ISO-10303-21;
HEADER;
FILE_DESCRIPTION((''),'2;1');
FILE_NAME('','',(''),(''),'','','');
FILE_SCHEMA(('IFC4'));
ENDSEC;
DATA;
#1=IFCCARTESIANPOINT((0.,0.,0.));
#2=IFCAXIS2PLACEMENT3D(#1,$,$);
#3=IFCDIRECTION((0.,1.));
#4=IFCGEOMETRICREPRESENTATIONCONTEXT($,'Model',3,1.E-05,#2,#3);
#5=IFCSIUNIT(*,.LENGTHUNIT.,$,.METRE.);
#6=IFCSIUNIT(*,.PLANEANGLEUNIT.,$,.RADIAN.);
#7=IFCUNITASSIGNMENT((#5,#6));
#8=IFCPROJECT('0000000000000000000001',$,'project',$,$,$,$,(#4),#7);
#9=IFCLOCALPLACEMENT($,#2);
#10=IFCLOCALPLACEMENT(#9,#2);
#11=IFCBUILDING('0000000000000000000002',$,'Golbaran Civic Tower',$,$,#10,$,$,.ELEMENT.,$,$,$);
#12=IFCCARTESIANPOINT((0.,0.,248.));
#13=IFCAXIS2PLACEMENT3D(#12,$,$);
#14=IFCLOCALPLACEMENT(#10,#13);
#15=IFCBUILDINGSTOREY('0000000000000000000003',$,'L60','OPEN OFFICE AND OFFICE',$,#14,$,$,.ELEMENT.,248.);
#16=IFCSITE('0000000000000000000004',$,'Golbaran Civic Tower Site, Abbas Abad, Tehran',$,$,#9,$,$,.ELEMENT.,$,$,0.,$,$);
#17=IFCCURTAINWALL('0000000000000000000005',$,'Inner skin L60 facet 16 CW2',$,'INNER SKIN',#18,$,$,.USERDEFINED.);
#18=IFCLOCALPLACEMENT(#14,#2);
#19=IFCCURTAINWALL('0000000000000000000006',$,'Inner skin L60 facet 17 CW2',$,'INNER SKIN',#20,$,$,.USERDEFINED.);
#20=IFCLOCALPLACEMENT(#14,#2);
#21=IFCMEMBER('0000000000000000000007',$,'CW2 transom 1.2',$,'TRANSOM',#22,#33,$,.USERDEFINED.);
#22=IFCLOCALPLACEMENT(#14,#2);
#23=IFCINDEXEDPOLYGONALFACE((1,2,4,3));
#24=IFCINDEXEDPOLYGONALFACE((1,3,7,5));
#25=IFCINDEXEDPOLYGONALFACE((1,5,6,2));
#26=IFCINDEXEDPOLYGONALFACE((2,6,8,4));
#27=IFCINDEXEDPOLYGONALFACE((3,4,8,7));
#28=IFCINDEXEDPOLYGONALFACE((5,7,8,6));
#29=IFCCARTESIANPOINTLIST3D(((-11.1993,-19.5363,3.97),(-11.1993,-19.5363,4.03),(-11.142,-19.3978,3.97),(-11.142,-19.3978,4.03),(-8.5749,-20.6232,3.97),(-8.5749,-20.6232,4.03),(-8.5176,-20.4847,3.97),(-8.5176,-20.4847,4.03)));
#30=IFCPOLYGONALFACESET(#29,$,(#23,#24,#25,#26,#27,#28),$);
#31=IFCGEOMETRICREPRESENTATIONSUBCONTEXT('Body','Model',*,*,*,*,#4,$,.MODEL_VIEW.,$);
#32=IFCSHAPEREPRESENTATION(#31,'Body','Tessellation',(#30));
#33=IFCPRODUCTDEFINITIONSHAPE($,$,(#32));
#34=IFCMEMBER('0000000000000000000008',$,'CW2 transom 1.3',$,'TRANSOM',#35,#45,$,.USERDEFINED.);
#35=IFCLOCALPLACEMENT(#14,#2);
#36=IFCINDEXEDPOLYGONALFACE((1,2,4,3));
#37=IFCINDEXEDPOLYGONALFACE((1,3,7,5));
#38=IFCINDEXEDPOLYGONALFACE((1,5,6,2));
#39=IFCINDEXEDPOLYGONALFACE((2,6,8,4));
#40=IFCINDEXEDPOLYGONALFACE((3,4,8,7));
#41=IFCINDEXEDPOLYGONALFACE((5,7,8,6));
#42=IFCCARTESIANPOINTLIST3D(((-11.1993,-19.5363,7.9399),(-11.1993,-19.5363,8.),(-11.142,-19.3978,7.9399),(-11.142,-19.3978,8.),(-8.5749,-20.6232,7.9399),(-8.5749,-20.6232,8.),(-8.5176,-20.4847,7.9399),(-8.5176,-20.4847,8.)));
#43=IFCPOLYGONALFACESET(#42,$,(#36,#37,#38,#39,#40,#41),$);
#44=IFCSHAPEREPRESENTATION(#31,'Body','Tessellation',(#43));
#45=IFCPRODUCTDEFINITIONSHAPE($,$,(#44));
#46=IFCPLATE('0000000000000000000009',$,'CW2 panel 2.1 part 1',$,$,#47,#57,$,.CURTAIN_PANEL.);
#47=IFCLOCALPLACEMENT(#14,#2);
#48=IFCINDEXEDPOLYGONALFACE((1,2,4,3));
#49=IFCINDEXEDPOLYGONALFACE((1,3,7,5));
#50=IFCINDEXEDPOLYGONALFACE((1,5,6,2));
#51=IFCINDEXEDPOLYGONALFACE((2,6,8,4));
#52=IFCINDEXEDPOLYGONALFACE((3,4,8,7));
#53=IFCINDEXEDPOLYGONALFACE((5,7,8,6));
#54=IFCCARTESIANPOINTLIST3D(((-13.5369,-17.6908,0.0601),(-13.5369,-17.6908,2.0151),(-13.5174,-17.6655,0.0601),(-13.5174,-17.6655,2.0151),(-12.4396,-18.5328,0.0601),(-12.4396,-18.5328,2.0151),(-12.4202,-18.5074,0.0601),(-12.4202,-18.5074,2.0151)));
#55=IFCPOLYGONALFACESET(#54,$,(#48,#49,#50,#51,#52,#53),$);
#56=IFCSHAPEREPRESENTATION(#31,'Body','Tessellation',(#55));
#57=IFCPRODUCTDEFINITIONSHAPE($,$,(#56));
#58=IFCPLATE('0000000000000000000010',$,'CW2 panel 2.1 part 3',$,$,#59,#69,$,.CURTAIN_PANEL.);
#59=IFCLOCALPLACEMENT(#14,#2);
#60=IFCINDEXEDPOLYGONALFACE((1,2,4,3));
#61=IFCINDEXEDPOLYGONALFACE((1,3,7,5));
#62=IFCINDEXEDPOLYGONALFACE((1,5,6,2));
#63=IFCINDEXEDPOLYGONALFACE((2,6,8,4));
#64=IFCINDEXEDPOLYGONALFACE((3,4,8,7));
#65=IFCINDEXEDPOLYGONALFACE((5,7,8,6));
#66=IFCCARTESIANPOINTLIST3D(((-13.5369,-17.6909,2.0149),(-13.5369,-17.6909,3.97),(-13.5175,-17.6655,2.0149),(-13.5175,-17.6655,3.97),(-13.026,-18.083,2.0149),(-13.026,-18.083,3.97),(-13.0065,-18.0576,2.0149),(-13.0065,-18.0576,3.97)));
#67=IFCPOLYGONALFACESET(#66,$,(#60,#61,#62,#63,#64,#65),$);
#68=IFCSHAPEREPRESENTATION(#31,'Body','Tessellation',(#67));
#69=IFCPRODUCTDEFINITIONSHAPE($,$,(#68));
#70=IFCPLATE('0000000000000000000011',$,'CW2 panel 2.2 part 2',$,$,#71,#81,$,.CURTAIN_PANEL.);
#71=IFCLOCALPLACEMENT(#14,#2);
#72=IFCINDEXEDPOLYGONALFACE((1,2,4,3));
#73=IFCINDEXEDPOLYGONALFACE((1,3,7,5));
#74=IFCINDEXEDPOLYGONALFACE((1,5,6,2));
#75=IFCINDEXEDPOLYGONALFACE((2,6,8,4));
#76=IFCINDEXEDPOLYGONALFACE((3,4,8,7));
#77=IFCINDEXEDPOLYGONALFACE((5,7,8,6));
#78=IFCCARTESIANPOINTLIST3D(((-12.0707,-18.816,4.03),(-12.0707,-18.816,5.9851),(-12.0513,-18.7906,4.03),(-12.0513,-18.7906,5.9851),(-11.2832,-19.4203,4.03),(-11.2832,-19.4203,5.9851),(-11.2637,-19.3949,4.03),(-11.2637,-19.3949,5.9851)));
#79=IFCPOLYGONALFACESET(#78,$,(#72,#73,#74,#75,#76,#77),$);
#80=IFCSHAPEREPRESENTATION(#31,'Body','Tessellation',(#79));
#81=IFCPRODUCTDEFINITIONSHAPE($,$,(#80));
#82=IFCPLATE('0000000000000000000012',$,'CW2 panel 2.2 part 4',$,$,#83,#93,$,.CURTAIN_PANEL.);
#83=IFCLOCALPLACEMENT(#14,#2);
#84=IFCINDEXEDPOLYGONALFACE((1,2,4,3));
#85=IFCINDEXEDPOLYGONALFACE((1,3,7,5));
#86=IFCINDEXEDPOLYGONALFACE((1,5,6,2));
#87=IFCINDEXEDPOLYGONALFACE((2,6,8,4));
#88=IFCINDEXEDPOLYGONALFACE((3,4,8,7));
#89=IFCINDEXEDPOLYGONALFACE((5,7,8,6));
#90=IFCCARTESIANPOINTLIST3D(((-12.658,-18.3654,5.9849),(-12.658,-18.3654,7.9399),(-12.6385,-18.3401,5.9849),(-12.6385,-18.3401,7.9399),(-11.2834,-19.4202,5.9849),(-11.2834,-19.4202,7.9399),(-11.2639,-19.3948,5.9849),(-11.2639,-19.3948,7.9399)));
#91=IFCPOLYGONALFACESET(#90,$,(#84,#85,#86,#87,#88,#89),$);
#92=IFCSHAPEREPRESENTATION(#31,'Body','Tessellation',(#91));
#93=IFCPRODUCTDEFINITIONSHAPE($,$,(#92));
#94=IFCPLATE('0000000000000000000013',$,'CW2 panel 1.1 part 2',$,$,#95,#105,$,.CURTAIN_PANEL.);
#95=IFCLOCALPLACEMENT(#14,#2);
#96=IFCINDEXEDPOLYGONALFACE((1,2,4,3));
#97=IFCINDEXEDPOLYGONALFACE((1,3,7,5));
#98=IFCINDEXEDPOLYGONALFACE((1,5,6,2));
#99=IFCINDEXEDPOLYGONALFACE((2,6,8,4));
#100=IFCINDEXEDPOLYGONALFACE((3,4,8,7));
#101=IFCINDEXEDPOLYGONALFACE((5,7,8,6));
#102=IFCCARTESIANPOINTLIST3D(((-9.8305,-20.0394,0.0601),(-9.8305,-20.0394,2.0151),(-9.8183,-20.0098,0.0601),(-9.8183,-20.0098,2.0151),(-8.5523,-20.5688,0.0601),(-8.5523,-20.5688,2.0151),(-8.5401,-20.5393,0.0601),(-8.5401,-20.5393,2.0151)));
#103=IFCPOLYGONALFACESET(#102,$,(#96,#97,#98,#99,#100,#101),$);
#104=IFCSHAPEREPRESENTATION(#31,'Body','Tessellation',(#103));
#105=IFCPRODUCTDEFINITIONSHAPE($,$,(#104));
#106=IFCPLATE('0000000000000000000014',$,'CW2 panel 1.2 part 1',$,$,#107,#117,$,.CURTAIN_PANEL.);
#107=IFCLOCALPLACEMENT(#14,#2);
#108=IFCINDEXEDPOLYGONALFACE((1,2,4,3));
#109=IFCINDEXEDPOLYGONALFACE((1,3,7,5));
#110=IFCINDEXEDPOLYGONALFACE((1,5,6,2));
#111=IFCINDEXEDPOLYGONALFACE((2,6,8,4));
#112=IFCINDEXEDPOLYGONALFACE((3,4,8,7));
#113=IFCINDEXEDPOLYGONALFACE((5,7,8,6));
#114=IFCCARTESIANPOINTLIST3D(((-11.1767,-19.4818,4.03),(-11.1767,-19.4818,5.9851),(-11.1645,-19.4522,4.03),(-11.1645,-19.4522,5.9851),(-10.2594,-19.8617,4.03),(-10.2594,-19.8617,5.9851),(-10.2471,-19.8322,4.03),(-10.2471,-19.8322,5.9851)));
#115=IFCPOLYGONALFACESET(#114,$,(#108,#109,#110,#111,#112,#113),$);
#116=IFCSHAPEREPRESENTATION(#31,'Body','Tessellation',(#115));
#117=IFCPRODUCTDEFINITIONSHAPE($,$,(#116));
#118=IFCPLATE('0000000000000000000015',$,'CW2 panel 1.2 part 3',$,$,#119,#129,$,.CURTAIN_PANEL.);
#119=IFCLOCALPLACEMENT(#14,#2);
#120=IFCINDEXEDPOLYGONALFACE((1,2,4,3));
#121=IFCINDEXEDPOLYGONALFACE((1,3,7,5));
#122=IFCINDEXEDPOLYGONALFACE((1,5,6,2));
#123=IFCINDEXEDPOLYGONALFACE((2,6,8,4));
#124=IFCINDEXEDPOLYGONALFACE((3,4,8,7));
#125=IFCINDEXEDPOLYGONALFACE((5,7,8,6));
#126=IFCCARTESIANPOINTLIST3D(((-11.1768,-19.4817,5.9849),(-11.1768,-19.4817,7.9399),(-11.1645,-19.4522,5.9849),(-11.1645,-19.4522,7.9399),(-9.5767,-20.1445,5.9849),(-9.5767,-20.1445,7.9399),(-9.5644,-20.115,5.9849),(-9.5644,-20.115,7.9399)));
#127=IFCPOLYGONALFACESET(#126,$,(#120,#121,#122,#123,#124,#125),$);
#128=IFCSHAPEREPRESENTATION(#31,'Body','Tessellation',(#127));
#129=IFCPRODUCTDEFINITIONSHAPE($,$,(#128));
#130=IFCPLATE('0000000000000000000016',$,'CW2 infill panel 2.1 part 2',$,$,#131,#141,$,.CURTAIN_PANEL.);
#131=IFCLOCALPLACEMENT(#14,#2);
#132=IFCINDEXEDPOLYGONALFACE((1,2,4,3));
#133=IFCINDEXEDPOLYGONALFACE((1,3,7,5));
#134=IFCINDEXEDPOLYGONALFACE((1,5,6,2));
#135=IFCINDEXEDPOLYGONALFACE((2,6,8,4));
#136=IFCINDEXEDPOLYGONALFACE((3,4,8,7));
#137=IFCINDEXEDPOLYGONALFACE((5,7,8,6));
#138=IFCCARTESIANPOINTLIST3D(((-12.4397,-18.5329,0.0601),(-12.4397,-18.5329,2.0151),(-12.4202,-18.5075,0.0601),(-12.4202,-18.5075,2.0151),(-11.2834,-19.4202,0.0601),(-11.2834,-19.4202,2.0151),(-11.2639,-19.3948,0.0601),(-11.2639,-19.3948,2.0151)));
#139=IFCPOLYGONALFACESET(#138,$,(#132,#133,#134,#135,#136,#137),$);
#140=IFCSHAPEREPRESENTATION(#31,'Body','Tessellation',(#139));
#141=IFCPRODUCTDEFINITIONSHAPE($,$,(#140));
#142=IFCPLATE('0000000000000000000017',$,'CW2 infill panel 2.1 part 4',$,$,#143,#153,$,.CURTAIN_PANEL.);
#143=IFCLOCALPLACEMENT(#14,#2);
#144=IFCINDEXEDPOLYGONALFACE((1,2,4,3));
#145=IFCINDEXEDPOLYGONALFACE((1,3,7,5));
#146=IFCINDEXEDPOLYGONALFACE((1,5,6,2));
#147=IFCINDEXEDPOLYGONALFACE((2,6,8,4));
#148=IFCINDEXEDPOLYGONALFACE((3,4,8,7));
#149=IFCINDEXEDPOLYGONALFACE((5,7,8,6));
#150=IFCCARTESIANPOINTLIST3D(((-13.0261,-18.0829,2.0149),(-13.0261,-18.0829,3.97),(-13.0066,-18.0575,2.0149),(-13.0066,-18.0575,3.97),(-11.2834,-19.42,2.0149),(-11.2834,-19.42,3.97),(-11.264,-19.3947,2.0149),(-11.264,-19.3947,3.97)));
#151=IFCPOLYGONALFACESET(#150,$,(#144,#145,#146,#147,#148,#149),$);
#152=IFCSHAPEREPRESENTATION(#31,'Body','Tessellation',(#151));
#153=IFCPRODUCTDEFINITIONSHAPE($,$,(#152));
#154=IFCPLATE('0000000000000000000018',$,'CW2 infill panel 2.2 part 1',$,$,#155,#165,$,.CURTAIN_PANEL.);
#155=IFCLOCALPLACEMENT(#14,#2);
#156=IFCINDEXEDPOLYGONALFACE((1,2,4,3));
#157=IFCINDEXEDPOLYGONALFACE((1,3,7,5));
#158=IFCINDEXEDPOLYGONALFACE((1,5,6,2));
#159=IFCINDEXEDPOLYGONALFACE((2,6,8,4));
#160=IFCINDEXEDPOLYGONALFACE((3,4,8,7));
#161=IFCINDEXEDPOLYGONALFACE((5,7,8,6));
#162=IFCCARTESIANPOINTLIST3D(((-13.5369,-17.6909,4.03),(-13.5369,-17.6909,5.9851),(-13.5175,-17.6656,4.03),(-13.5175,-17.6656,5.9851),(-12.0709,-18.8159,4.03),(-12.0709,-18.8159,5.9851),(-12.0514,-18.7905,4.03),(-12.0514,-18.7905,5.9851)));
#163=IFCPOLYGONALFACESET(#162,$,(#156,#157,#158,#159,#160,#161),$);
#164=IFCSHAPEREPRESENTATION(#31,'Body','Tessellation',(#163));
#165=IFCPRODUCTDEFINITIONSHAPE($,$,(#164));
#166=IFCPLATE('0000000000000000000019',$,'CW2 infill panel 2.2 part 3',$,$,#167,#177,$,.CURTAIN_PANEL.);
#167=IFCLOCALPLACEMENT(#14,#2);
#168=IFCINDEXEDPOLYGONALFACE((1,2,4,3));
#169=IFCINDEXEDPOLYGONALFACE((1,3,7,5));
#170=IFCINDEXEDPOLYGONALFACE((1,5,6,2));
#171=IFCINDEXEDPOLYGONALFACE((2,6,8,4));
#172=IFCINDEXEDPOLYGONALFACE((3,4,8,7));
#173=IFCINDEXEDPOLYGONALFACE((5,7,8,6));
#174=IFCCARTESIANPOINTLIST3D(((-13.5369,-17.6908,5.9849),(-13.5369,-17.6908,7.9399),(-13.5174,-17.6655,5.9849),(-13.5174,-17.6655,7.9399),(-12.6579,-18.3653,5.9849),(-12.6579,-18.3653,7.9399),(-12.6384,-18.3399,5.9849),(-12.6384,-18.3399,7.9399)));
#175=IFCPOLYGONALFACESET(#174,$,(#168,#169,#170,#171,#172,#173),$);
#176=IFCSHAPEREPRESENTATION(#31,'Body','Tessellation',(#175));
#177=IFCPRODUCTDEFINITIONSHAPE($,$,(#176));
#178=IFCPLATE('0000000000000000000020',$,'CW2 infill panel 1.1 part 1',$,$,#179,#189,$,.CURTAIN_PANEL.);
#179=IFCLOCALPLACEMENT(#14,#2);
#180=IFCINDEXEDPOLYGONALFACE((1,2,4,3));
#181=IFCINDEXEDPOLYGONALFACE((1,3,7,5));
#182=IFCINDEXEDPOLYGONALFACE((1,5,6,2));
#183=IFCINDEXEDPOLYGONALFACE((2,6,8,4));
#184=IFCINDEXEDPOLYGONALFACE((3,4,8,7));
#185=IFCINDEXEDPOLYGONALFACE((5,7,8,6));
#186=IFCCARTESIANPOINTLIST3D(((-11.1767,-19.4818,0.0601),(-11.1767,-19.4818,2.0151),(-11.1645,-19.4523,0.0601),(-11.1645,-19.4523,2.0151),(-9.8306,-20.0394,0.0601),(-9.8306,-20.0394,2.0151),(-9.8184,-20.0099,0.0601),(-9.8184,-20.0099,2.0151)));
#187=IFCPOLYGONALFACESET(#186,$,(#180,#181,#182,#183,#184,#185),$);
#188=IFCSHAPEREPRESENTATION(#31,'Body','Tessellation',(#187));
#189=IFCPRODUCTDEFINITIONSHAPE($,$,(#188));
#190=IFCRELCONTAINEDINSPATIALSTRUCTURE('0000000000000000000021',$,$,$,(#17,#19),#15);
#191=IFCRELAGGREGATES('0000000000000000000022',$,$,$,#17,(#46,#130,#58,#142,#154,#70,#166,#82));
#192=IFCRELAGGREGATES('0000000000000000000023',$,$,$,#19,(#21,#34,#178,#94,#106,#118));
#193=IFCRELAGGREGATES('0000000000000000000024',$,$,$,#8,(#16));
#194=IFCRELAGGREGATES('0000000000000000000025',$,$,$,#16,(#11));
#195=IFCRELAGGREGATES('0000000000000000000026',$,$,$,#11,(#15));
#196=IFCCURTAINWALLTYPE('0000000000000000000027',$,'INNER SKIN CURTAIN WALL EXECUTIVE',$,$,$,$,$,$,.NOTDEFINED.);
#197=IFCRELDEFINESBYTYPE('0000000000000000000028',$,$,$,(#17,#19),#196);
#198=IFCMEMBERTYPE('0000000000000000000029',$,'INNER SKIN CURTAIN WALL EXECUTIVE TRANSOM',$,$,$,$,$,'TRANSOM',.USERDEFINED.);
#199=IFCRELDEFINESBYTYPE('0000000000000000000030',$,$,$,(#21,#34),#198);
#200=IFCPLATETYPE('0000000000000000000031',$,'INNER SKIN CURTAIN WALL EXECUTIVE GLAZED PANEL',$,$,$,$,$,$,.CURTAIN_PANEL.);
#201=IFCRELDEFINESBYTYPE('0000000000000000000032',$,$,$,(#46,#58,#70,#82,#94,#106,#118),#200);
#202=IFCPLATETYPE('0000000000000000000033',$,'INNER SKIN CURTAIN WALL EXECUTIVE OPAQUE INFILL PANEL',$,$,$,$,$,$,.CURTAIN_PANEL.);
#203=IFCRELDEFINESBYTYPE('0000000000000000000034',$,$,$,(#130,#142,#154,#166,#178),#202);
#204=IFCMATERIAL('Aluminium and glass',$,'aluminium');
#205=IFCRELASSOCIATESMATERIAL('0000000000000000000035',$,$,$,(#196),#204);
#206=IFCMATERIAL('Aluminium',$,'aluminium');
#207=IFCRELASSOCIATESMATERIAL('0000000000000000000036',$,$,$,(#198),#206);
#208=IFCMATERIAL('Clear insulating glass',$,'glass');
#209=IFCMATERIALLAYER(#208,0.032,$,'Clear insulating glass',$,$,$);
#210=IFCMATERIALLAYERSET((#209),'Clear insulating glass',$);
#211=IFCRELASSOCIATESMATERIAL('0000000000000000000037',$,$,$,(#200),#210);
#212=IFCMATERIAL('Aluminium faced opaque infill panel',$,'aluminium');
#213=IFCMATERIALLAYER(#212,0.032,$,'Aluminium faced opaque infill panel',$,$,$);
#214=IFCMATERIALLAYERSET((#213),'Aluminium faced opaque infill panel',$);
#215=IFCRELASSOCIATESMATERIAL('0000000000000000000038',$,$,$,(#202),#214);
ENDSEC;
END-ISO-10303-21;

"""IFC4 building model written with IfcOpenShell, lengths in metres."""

from ifc_helpers import new_model, si_unit, direction, frame, origin, origin_2d, place, context, subcontext, project, spatial, rectangle, extrude, material, layer, layer_set, material_profile, profile_set, type_object, element, aggregate, save


model = new_model("IFC4")

# Units and contexts
model_context = context("Model", 3, precision=1e-05, world=origin(), true_north=direction((0.0, 1.0)))
body_context = subcontext(model_context, "Body", "Model", "MODEL_VIEW")
ifc_project = project(units=[si_unit("LENGTHUNIT", "METRE"), si_unit("PLANEANGLEUNIT", "RADIAN")], contexts=[model_context])

# Site, building, storey
site_placement = place(None, origin())
site = spatial("IfcSite", under=ifc_project, at=site_placement, Name="Golbaran Civic Tower Site, Abbas Abad, Tehran", CompositionType="ELEMENT", RefElevation=0.0)
building_placement = place(site_placement, origin())
building = spatial("IfcBuilding", under=site, at=building_placement, Name="Golbaran Civic Tower", CompositionType="ELEMENT")
storey_placement = place(building_placement, frame((0.0, 0.0, 248.0)))
storey = spatial("IfcBuildingStorey", under=building, at=storey_placement, Name="L60", Description="OPEN OFFICE AND OFFICE", CompositionType="ELEMENT", Elevation=248.0)

# Curtain walls
ifc_material_1 = material(Name="Aluminium and glass", Category="aluminium")
curtain_wall_type_1 = type_object("IfcCurtainWallType", Name="INNER SKIN CURTAIN WALL EXECUTIVE", PredefinedType="NOTDEFINED", material=ifc_material_1)
curtain_wall_1_placement = place(storey_placement, origin())
curtain_wall_1 = element("IfcCurtainWall", 1, at=curtain_wall_1_placement, inside=storey, type_object=curtain_wall_type_1, Name="Inner skin L60 facet 16 CW2", ObjectType="INNER SKIN", PredefinedType="USERDEFINED")
ifc_material_2 = material(Name="Aluminium", Category="aluminium")
curtain_wall_2_placement = place(storey_placement, origin())
curtain_wall_2 = element("IfcCurtainWall", 2, at=curtain_wall_2_placement, inside=storey, type_object=curtain_wall_type_1, Name="Inner skin L60 facet 17 CW2", ObjectType="INNER SKIN", PredefinedType="USERDEFINED")

# Members
ifc_material_profile_1 = material_profile(ifc_material_2, rectangle(XDim=0.1499, YDim=0.0601, at=origin_2d()), Name="INNER SKIN CURTAIN WALL EXECUTIVE TRANSOM")
ifc_profile_set_1 = profile_set([ifc_material_profile_1], Name="Aluminium")
member_type_1 = type_object("IfcMemberType", Name="INNER SKIN CURTAIN WALL EXECUTIVE TRANSOM", ElementType="TRANSOM", PredefinedType="USERDEFINED", material=ifc_profile_set_1)
member_1_placement = place(storey_placement, frame((-11.1707, -19.467, 4.0), z_axis=(0.923904, -0.382625, 0.0), x_axis=(0.382625, 0.923904, 0.0)))
member_1 = element("IfcMember", 3, at=member_1_placement, type_object=member_type_1, Name="CW2 transom 1.2", ObjectType="TRANSOM", PredefinedType="USERDEFINED", context=body_context, shape_type="SweptSolid", body=[
    extrude(rectangle(XDim=0.1499, YDim=0.0601, at=origin_2d()), origin(), (0.0, 0.0, 1.0), 2.8406),
])
member_2_placement = place(storey_placement, frame((-11.1707, -19.467, 7.97), z_axis=(0.923904, -0.382625, 0.0), x_axis=(0.382625, 0.923904, 0.0)))
member_2 = element("IfcMember", 4, at=member_2_placement, type_object=member_type_1, Name="CW2 transom 1.3", ObjectType="TRANSOM", PredefinedType="USERDEFINED", context=body_context, shape_type="SweptSolid", body=[
    extrude(rectangle(XDim=0.1499, YDim=0.0601, at=origin_2d()), origin(), (0.0, 0.0, 1.0), 2.8406),
])

# Plates
ifc_material_3 = material(Name="Clear insulating glass", Category="glass")
ifc_layer_1 = layer(ifc_material_3, 0.032, Name="Clear insulating glass")
ifc_layer_set_1 = layer_set([ifc_layer_1], Name="Clear insulating glass")
plate_type_1 = type_object("IfcPlateType", Name="INNER SKIN CURTAIN WALL EXECUTIVE GLAZED PANEL", PredefinedType="CURTAIN_PANEL", material=ifc_layer_set_1)
plate_1_placement = place(storey_placement, frame((-12.9785, -18.0991, 0.0601), z_axis=(0.0, 0.0, 1.0), x_axis=(0.793353, -0.608761, 0.0)))
plate_1 = element("IfcPlate", 5, at=plate_1_placement, type_object=plate_type_1, Name="CW2 panel 2.1 part 1", PredefinedType="CURTAIN_PANEL", context=body_context, shape_type="SweptSolid", body=[
    extrude(rectangle(XDim=1.3831, YDim=0.032, at=origin_2d()), origin(), (0.0, 0.0, 1.0), 1.9551),
])
plate_2_placement = place(storey_placement, frame((-13.2717, -17.8743, 2.0149), z_axis=(0.0, 0.0, 1.0), x_axis=(0.793353, -0.608761, 0.0)))
plate_2 = element("IfcPlate", 6, at=plate_2_placement, type_object=plate_type_1, Name="CW2 panel 2.1 part 3", PredefinedType="CURTAIN_PANEL", context=body_context, shape_type="SweptSolid", body=[
    extrude(rectangle(XDim=0.644, YDim=0.032, at=origin_2d()), origin(), (0.0, 0.0, 1.0), 1.9551),
])
plate_3_placement = place(storey_placement, frame((-11.6672, -19.1055, 4.03), z_axis=(0.0, 0.0, 1.0), x_axis=(0.793353, -0.608761, 0.0)))
plate_3 = element("IfcPlate", 7, at=plate_3_placement, type_object=plate_type_1, Name="CW2 panel 2.2 part 2", PredefinedType="CURTAIN_PANEL", context=body_context, shape_type="SweptSolid", body=[
    extrude(rectangle(XDim=0.9927, YDim=0.032, at=origin_2d()), origin(), (0.0, 0.0, 1.0), 1.9551),
])
plate_4_placement = place(storey_placement, frame((-11.9609, -18.8801, 5.9849), z_axis=(0.0, 0.0, 1.0), x_axis=(0.793353, -0.608761, 0.0)))
plate_4 = element("IfcPlate", 8, at=plate_4_placement, type_object=plate_type_1, Name="CW2 panel 2.2 part 4", PredefinedType="CURTAIN_PANEL", context=body_context, shape_type="SweptSolid", body=[
    extrude(rectangle(XDim=1.7327, YDim=0.032, at=origin_2d()), origin(), (0.0, 0.0, 1.0), 1.9551),
])
plate_5_placement = place(storey_placement, frame((-9.1853, -20.2893, 0.0601), z_axis=(0.0, 0.0, 1.0), x_axis=(0.92388, -0.382683, 0.0)))
plate_5 = element("IfcPlate", 9, at=plate_5_placement, type_object=plate_type_1, Name="CW2 panel 1.1 part 2", PredefinedType="CURTAIN_PANEL", context=body_context, shape_type="SweptSolid", body=[
    extrude(rectangle(XDim=1.3835, YDim=0.032, at=origin_2d()), origin(), (0.0, 0.0, 1.0), 1.9551),
])
plate_6_placement = place(storey_placement, frame((-10.7119, -19.657, 4.03), z_axis=(0.0, 0.0, 1.0), x_axis=(0.92388, -0.382683, 0.0)))
plate_6 = element("IfcPlate", 10, at=plate_6_placement, type_object=plate_type_1, Name="CW2 panel 1.2 part 1", PredefinedType="CURTAIN_PANEL", context=body_context, shape_type="SweptSolid", body=[
    extrude(rectangle(XDim=0.9929, YDim=0.032, at=origin_2d()), origin(), (0.0, 0.0, 1.0), 1.9551),
])
plate_7_placement = place(storey_placement, frame((-10.3706, -19.7983, 5.9849), z_axis=(0.0, 0.0, 1.0), x_axis=(0.92388, -0.382683, 0.0)))
plate_7 = element("IfcPlate", 11, at=plate_7_placement, type_object=plate_type_1, Name="CW2 panel 1.2 part 3", PredefinedType="CURTAIN_PANEL", context=body_context, shape_type="SweptSolid", body=[
    extrude(rectangle(XDim=1.7319, YDim=0.032, at=origin_2d()), origin(), (0.0, 0.0, 1.0), 1.9551),
])
ifc_material_4 = material(Name="Aluminium faced opaque infill panel", Category="aluminium")
ifc_layer_2 = layer(ifc_material_4, 0.032, Name="Aluminium faced opaque infill panel")
ifc_layer_set_2 = layer_set([ifc_layer_2], Name="Aluminium faced opaque infill panel")
plate_type_2 = type_object("IfcPlateType", Name="INNER SKIN CURTAIN WALL EXECUTIVE OPAQUE INFILL PANEL", PredefinedType="CURTAIN_PANEL", material=ifc_layer_set_2)
plate_8_placement = place(storey_placement, frame((-11.8518, -18.9639, 0.0601), z_axis=(0.0, 0.0, 1.0), x_axis=(0.793353, -0.608761, 0.0)))
plate_8 = element("IfcPlate", 12, at=plate_8_placement, type_object=plate_type_2, Name="CW2 infill panel 2.1 part 2", PredefinedType="CURTAIN_PANEL", context=body_context, shape_type="SweptSolid", body=[
    extrude(rectangle(XDim=1.4575, YDim=0.032, at=origin_2d()), origin(), (0.0, 0.0, 1.0), 1.9551),
])
plate_9_placement = place(storey_placement, frame((-12.145, -18.7388, 2.0149), z_axis=(0.0, 0.0, 1.0), x_axis=(0.793353, -0.608761, 0.0)))
plate_9 = element("IfcPlate", 13, at=plate_9_placement, type_object=plate_type_2, Name="CW2 infill panel 2.1 part 4", PredefinedType="CURTAIN_PANEL", context=body_context, shape_type="SweptSolid", body=[
    extrude(rectangle(XDim=2.1965, YDim=0.032, at=origin_2d()), origin(), (0.0, 0.0, 1.0), 1.9551),
])
plate_10_placement = place(storey_placement, frame((-12.7942, -18.2407, 4.03), z_axis=(0.0, 0.0, 1.0), x_axis=(0.793353, -0.608761, 0.0)))
plate_10 = element("IfcPlate", 14, at=plate_10_placement, type_object=plate_type_2, Name="CW2 infill panel 2.2 part 1", PredefinedType="CURTAIN_PANEL", context=body_context, shape_type="SweptSolid", body=[
    extrude(rectangle(XDim=1.8479, YDim=0.032, at=origin_2d()), origin(), (0.0, 0.0, 1.0), 1.9551),
])
plate_11_placement = place(storey_placement, frame((-13.0876, -18.0154, 5.9849), z_axis=(0.0, 0.0, 1.0), x_axis=(0.793353, -0.608761, 0.0)))
plate_11 = element("IfcPlate", 15, at=plate_11_placement, type_object=plate_type_2, Name="CW2 infill panel 2.2 part 3", PredefinedType="CURTAIN_PANEL", context=body_context, shape_type="SweptSolid", body=[
    extrude(rectangle(XDim=1.1079, YDim=0.032, at=origin_2d()), origin(), (0.0, 0.0, 1.0), 1.9551),
])
aggregate(curtain_wall_1, [plate_1, plate_8, plate_2, plate_9, plate_10, plate_3, plate_11, plate_4])
plate_12_placement = place(storey_placement, frame((-10.4976, -19.7458, 0.0601), z_axis=(0.0, 0.0, 1.0), x_axis=(0.92388, -0.382683, 0.0)))
plate_12 = element("IfcPlate", 16, at=plate_12_placement, type_object=plate_type_2, Name="CW2 infill panel 1.1 part 1", PredefinedType="CURTAIN_PANEL", context=body_context, shape_type="SweptSolid", body=[
    extrude(rectangle(XDim=1.457, YDim=0.032, at=origin_2d()), origin(), (0.0, 0.0, 1.0), 1.9551),
])
aggregate(curtain_wall_2, [member_1, member_2, plate_12, plate_5, plate_6, plate_7])

save(model, "model.ifc")
